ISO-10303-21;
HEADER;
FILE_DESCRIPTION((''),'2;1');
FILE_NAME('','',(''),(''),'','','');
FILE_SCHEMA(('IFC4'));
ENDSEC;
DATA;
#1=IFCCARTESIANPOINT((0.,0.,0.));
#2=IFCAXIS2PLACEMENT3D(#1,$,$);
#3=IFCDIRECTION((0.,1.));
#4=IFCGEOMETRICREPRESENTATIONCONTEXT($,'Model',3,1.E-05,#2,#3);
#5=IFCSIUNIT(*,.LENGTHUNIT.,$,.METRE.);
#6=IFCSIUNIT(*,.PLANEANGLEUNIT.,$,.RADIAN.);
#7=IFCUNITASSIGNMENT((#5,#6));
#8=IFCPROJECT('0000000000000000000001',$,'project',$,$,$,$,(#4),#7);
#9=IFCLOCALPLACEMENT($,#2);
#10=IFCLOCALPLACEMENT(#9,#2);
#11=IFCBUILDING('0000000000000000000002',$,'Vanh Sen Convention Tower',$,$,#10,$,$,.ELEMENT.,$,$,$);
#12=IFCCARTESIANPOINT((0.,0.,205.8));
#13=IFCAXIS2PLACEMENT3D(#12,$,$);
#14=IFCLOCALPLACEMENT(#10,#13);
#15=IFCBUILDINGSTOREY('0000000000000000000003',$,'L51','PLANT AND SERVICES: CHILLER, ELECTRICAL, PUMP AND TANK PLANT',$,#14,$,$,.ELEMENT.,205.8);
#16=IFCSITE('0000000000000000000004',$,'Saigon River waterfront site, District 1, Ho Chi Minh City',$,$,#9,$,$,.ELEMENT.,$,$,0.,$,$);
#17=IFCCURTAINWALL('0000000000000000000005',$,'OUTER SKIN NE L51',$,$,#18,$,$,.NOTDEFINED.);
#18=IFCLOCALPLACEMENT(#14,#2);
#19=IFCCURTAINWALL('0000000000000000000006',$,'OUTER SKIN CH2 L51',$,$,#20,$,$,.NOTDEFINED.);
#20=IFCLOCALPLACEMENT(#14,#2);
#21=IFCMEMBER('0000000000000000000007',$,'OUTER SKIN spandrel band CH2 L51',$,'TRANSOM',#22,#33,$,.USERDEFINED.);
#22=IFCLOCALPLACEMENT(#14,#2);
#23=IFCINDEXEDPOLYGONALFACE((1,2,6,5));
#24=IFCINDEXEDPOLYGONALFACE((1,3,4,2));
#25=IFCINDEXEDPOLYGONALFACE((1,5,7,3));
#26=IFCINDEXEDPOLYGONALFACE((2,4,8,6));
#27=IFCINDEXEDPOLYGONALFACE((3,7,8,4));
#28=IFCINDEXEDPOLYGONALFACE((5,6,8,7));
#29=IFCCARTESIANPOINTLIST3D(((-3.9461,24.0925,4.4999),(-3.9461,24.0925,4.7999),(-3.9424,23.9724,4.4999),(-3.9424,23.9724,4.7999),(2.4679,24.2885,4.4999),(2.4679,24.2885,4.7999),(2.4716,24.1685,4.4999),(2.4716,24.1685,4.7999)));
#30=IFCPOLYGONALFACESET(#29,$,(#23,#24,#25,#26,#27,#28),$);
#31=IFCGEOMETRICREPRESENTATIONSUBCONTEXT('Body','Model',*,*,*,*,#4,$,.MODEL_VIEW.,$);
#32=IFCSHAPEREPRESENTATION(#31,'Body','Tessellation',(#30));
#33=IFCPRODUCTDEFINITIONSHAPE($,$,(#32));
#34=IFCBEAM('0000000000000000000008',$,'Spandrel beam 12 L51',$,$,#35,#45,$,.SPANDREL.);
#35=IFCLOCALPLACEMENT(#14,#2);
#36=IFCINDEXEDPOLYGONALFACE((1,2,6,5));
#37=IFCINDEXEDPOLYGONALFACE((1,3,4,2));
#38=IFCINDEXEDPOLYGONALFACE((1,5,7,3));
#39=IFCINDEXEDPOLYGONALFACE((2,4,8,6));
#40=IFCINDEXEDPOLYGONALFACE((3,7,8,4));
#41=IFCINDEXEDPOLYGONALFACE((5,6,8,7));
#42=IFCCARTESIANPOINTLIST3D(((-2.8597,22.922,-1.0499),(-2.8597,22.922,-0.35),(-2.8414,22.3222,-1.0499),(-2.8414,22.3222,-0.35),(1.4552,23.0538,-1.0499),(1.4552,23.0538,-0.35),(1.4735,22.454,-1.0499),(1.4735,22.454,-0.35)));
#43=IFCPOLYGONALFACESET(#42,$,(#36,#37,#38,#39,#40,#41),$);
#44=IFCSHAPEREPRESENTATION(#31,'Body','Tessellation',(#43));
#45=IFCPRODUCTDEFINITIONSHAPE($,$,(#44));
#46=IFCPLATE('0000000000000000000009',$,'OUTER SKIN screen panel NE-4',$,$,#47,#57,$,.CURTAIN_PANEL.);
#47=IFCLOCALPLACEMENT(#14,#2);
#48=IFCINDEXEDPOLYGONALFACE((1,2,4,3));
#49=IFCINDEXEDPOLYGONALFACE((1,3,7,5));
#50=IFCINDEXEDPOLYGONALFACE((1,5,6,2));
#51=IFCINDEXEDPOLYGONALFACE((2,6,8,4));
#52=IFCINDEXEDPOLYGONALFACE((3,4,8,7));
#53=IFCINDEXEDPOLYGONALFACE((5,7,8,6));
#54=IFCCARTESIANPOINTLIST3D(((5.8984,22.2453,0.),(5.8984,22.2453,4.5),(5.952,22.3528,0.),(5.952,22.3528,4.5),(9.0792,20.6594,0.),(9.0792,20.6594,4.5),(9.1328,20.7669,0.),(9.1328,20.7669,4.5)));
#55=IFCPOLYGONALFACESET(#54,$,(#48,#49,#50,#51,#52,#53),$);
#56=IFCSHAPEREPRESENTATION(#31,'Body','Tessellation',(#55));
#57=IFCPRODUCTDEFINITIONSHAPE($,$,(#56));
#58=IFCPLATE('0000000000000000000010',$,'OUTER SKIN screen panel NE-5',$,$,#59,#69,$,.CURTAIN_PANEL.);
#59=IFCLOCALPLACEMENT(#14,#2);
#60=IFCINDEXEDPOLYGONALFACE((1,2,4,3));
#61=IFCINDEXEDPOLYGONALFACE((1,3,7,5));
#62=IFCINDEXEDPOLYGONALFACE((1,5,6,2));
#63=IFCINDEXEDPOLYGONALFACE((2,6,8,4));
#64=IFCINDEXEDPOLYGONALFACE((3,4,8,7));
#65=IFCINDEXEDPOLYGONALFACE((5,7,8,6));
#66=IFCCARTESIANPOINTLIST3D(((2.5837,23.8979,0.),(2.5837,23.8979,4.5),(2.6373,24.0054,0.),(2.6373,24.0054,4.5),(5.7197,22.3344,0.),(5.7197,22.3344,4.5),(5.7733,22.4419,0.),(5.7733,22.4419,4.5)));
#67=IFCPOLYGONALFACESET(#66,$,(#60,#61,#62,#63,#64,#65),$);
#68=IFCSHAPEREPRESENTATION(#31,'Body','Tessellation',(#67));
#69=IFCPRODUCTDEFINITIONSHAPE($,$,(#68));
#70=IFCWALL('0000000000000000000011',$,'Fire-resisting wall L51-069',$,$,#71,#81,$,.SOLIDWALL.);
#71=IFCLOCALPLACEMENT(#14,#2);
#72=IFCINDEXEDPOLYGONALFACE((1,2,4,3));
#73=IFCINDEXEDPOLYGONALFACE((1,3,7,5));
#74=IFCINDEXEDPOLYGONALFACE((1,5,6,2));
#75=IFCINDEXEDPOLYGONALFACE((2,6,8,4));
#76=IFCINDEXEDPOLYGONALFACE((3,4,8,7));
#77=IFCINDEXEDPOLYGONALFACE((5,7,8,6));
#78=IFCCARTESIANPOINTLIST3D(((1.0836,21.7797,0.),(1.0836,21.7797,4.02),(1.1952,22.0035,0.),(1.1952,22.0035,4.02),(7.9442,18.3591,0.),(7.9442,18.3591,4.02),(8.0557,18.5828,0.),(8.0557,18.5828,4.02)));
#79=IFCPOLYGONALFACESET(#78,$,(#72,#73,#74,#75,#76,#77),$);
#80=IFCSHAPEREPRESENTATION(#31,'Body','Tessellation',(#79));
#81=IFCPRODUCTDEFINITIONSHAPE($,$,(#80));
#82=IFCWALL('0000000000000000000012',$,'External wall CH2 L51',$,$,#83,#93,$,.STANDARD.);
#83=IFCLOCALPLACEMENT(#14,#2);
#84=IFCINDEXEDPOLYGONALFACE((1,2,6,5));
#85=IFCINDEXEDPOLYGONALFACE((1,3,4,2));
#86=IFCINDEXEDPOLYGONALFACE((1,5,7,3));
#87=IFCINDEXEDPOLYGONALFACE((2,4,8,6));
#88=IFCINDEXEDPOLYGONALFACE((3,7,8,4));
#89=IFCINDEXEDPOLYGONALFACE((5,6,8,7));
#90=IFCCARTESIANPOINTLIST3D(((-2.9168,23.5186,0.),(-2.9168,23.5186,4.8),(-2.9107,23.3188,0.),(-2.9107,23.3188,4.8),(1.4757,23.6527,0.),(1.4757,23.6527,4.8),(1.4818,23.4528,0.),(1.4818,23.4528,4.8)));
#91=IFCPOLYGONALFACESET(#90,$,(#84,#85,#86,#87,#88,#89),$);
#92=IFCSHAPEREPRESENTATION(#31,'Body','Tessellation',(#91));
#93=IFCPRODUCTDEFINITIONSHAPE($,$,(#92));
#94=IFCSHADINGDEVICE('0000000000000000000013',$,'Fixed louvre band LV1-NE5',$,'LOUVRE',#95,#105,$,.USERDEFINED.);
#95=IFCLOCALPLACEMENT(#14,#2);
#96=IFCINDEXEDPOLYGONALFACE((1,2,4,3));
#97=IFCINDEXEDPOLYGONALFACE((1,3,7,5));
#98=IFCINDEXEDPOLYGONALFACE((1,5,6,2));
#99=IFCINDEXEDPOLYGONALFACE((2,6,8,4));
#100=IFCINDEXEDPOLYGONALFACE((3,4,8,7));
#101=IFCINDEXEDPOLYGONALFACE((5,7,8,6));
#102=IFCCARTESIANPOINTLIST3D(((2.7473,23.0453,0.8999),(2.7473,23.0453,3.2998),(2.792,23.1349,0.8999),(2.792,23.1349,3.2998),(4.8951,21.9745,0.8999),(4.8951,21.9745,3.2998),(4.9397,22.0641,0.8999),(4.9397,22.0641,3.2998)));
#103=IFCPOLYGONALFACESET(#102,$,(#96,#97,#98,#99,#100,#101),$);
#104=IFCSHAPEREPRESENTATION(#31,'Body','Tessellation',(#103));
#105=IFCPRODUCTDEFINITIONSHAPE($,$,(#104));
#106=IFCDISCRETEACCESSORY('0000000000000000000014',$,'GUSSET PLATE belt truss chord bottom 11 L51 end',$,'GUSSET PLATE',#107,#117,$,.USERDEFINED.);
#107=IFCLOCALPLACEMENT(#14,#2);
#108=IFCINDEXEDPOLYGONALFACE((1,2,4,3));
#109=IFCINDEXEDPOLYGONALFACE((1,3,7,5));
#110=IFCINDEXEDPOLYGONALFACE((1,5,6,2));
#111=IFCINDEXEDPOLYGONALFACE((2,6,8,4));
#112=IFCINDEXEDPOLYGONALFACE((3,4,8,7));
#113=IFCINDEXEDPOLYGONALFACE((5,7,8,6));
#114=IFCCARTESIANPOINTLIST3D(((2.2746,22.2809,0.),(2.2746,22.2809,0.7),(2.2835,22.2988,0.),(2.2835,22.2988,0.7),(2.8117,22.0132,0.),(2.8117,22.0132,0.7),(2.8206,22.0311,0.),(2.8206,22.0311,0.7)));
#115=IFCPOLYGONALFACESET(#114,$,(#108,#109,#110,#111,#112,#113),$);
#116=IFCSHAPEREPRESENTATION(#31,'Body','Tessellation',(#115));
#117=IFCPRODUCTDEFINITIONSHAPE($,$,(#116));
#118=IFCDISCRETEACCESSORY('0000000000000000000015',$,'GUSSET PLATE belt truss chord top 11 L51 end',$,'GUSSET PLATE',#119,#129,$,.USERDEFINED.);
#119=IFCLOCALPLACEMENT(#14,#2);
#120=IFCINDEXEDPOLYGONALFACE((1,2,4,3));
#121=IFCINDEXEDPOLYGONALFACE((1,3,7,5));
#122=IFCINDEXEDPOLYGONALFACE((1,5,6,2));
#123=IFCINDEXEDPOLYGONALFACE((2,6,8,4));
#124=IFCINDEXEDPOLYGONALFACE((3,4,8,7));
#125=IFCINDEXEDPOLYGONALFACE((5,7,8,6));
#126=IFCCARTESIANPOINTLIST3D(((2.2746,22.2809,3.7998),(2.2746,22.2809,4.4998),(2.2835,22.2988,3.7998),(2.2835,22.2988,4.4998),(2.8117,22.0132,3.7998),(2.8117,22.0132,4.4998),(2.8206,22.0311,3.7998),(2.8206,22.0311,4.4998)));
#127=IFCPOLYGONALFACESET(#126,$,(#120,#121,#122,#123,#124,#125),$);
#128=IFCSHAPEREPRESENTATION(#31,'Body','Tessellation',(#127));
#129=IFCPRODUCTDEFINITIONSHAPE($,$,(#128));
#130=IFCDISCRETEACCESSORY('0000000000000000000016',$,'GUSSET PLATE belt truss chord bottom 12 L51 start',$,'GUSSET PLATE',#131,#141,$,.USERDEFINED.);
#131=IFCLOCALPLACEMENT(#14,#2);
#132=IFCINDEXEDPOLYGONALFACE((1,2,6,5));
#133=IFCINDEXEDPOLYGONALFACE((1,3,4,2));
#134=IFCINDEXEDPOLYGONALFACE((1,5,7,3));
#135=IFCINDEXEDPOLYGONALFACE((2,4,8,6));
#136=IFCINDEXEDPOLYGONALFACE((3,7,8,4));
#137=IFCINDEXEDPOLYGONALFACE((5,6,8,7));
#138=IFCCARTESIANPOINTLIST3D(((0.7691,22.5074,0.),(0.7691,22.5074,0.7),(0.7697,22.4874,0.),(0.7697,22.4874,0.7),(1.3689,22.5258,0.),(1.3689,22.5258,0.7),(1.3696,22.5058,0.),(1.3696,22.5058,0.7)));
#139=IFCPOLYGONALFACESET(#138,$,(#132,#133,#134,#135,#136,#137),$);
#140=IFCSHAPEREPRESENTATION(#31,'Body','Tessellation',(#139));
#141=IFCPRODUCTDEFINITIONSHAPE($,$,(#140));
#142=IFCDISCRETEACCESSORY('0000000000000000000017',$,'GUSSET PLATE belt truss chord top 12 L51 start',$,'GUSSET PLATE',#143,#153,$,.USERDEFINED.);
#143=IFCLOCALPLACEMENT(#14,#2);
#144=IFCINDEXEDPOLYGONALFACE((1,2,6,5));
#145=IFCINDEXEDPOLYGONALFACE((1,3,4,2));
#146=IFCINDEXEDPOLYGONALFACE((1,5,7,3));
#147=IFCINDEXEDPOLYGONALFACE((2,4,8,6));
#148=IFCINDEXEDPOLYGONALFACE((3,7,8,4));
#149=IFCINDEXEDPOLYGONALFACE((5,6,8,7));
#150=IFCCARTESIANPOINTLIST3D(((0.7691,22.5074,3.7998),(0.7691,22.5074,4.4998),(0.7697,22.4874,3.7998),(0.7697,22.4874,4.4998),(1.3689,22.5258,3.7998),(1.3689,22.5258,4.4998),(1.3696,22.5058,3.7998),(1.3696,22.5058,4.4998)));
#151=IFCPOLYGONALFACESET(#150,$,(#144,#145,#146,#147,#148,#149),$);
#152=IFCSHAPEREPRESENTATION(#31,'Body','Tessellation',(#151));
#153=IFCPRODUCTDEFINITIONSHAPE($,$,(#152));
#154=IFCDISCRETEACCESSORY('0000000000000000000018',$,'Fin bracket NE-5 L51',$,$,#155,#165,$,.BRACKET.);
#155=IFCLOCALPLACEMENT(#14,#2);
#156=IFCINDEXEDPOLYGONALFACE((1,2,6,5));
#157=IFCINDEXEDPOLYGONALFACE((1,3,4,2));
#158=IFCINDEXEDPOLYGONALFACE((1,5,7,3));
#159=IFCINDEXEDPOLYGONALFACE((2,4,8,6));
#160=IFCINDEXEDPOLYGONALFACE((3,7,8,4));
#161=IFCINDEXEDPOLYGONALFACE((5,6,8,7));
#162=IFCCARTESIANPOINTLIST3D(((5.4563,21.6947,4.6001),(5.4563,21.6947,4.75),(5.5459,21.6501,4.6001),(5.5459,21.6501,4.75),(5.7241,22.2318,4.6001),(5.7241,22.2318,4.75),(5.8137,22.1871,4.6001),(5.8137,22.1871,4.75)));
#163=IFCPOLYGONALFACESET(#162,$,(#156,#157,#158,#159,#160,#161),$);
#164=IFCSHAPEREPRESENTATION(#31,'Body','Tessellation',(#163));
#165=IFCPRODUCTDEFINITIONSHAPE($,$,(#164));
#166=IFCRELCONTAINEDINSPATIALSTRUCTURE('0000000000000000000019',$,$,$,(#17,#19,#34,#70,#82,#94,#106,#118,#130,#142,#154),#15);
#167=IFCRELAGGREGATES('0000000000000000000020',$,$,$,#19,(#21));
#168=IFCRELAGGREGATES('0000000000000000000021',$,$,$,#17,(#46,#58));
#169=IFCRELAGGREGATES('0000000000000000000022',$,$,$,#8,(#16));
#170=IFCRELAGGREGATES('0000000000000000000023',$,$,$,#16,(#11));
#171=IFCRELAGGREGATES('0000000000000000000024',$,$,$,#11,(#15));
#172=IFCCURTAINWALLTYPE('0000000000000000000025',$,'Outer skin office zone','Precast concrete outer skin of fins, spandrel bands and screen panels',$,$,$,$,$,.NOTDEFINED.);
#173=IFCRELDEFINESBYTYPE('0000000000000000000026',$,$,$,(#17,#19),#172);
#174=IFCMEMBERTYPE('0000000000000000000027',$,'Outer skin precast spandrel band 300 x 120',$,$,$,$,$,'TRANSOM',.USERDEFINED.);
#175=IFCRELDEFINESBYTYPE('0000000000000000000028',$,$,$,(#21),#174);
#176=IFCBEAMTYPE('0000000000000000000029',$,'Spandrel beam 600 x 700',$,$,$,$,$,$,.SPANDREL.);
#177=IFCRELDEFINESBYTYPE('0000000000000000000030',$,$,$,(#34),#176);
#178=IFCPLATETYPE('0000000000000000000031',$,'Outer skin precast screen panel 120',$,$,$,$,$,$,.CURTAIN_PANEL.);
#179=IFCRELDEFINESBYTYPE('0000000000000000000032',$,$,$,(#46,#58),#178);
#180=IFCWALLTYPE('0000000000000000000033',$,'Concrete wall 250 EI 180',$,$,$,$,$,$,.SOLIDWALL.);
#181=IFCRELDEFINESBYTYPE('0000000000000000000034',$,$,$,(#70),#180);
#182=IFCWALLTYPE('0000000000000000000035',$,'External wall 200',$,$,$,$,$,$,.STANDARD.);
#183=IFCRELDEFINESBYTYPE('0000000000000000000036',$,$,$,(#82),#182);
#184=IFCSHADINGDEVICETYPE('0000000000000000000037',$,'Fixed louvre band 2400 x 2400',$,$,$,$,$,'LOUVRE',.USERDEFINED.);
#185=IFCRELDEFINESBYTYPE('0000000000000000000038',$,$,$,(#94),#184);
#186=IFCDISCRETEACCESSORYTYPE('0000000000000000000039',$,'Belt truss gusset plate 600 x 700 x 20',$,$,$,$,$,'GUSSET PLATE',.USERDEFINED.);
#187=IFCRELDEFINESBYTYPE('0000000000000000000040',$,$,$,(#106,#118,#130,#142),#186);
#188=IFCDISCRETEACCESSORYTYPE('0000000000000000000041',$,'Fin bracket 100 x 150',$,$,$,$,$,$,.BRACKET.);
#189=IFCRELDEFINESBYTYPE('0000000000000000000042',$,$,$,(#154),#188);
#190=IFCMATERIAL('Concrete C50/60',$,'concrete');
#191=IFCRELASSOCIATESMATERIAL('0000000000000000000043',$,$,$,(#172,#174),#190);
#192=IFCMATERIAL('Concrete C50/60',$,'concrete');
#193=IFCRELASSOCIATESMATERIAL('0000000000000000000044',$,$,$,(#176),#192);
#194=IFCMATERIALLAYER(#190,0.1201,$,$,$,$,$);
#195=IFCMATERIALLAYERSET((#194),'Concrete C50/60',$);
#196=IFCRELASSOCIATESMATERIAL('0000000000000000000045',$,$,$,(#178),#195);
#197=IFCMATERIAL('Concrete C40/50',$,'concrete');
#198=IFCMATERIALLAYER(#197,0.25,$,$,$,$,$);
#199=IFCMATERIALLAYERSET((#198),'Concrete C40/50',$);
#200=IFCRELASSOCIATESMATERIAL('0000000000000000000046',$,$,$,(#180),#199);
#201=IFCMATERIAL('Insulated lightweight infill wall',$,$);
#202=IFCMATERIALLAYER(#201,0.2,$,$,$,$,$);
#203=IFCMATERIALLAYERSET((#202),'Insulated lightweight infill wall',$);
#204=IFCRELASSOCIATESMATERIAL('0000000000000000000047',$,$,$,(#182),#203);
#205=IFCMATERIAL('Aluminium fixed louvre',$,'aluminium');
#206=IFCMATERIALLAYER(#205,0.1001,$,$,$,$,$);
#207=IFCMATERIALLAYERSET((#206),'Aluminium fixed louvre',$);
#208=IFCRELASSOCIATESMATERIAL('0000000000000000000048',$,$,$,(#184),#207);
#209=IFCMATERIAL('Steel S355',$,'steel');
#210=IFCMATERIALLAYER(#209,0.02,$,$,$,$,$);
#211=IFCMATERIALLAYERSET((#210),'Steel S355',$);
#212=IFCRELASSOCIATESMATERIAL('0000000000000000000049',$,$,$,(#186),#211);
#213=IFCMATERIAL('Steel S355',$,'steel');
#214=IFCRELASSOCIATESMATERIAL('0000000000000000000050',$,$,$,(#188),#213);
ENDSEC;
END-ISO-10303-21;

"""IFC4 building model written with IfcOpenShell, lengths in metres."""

from ifc_helpers import new_model, si_unit, direction, frame, frame_2d, origin, origin_2d, place, context, subcontext, project, spatial, rectangle, extrude, material, layer, layer_set, material_profile, profile_set, type_object, element, aggregate, save


model = new_model("IFC4")

# Units and contexts
model_context = context("Model", 3, precision=1e-05, world=origin(), true_north=direction((0.0, 1.0)))
body_context = subcontext(model_context, "Body", "Model", "MODEL_VIEW")
ifc_project = project(units=[si_unit("LENGTHUNIT", "METRE"), si_unit("PLANEANGLEUNIT", "RADIAN")], contexts=[model_context])

# Site, building, storey
site_placement = place(None, origin())
site = spatial("IfcSite", under=ifc_project, at=site_placement, Name="Saigon River waterfront site, District 1, Ho Chi Minh City", CompositionType="ELEMENT", RefElevation=0.0)
building_placement = place(site_placement, origin())
building = spatial("IfcBuilding", under=site, at=building_placement, Name="Vanh Sen Convention Tower", CompositionType="ELEMENT")
storey_placement = place(building_placement, frame((0.0, 0.0, 205.8)))
storey = spatial("IfcBuildingStorey", under=building, at=storey_placement, Name="L51", Description="PLANT AND SERVICES: CHILLER, ELECTRICAL, PUMP AND TANK PLANT", CompositionType="ELEMENT", Elevation=205.8)

# Shared definitions
ifc_material_1 = material(Name="Steel S355", Category="steel")

# Curtain wall
ifc_material_2 = material(Name="Concrete C50/60", Category="concrete")
curtain_wall_type = type_object("IfcCurtainWallType", Name="Outer skin office zone", Description="Precast concrete outer skin of fins, spandrel bands and screen panels", PredefinedType="NOTDEFINED", material=ifc_material_2)
curtain_wall_1_placement = place(storey_placement, origin())
curtain_wall_1 = element("IfcCurtainWall", 1, at=curtain_wall_1_placement, inside=storey, type_object=curtain_wall_type, Name="OUTER SKIN NE L51", PredefinedType="NOTDEFINED")

# Curtain wall, member
curtain_wall_2_placement = place(storey_placement, origin())
curtain_wall_2 = element("IfcCurtainWall", 2, at=curtain_wall_2_placement, inside=storey, type_object=curtain_wall_type, Name="OUTER SKIN CH2 L51", PredefinedType="NOTDEFINED")
ifc_material_profile_1 = material_profile(ifc_material_2, rectangle(XDim=0.1201, YDim=0.3, at=origin_2d()), Name="Outer skin precast spandrel band 300 x 120")
ifc_profile_set_1 = profile_set([ifc_material_profile_1], Name="Concrete C50/60")
member_type_1 = type_object("IfcMemberType", Name="Outer skin precast spandrel band 300 x 120", ElementType="TRANSOM", PredefinedType="USERDEFINED", material=ifc_profile_set_1)
member_1_placement = place(storey_placement, frame((2.4697, 24.2285, 4.6499), z_axis=(-0.999533, -0.030551, 0.0), x_axis=(0.030551, -0.999533, 0.0)))
member_1 = element("IfcMember", 3, at=member_1_placement, type_object=member_type_1, Name="OUTER SKIN spandrel band CH2 L51", ObjectType="TRANSOM", PredefinedType="USERDEFINED", context=body_context, shape_type="SweptSolid", body=[
    extrude(rectangle(XDim=0.1201, YDim=0.3, at=origin_2d()), origin(), (0.0, 0.0, 1.0), 6.417),
])
aggregate(curtain_wall_2, [member_1])

# Beam
ifc_material_3 = material(Name="Concrete C50/60", Category="concrete")
ifc_material_profile_2 = material_profile(ifc_material_3, rectangle(XDim=0.6001, YDim=0.7, at=origin_2d()), Name="RC 600X700")
ifc_profile_set_2 = profile_set([ifc_material_profile_2], Name="Concrete C50/60")
beam_type = type_object("IfcBeamType", Name="Spandrel beam 600 x 700", PredefinedType="SPANDREL", material=ifc_profile_set_2)
beam_placement = place(storey_placement, frame((1.4644, 22.7539, -0.7), z_axis=(-0.999534, -0.030539, 0.0), x_axis=(0.030539, -0.999534, 0.0)))
element("IfcBeam", 4, at=beam_placement, inside=storey, type_object=beam_type, Name="Spandrel beam 12 L51", PredefinedType="SPANDREL", context=body_context, shape_type="SweptSolid", body=[
    extrude(rectangle(XDim=0.6001, YDim=0.7, at=origin_2d()), origin(), (0.0, 0.0, 1.0), 4.3169),
])

# Plates
ifc_layer_1 = layer(ifc_material_2, 0.1201)
ifc_layer_set_1 = layer_set([ifc_layer_1], Name="Concrete C50/60")
plate_type = type_object("IfcPlateType", Name="Outer skin precast screen panel 120", PredefinedType="CURTAIN_PANEL", material=ifc_layer_set_1)
plate_1_placement = place(storey_placement, frame((7.5156, 21.5061, 0.0), z_axis=(0.0, 0.0, 1.0), x_axis=(-0.894933, 0.446201, 0.0)))
plate_1 = element("IfcPlate", 5, at=plate_1_placement, type_object=plate_type, Name="OUTER SKIN screen panel NE-4", PredefinedType="CURTAIN_PANEL", context=body_context, shape_type="SweptSolid", body=[
    extrude(rectangle(XDim=3.5542, YDim=0.1201, at=origin_2d()), origin(), (0.0, 0.0, 1.0), 4.5),
])
plate_2_placement = place(storey_placement, frame((4.1785, 23.1699, 0.0), z_axis=(0.0, 0.0, 1.0), x_axis=(-0.894944, 0.446179, 0.0)))
plate_2 = element("IfcPlate", 6, at=plate_2_placement, type_object=plate_type, Name="OUTER SKIN screen panel NE-5", PredefinedType="CURTAIN_PANEL", context=body_context, shape_type="SweptSolid", body=[
    extrude(rectangle(XDim=3.5042, YDim=0.1201, at=origin_2d()), origin(), (0.0, 0.0, 1.0), 4.5),
])
aggregate(curtain_wall_1, [plate_1, plate_2])

# Walls
ifc_material_4 = material(Name="Concrete C40/50", Category="concrete")
ifc_layer_2 = layer(ifc_material_4, 0.25)
ifc_layer_set_2 = layer_set([ifc_layer_2], Name="Concrete C40/50")
wall_type_1 = type_object("IfcWallType", Name="Concrete wall 250 EI 180", PredefinedType="SOLIDWALL", material=ifc_layer_set_2)
wall_1_placement = place(storey_placement, frame((1.1394, 21.8916, 0.0), z_axis=(0.0, 0.0, 1.0), x_axis=(0.89493, -0.446207, 0.0)))
element("IfcWall", 7, at=wall_1_placement, inside=storey, type_object=wall_type_1, Name="Fire-resisting wall L51-069", PredefinedType="SOLIDWALL", context=body_context, shape_type="SweptSolid", body=[
    extrude(rectangle(XDim=7.666, YDim=0.25, at=frame_2d((3.833, 0.0))), origin(), (0.0, 0.0, 1.0), 4.02),
])
ifc_material_5 = material(Name="Insulated lightweight infill wall")
ifc_layer_3 = layer(ifc_material_5, 0.2)
ifc_layer_set_3 = layer_set([ifc_layer_3], Name="Insulated lightweight infill wall")
wall_type_2 = type_object("IfcWallType", Name="External wall 200", PredefinedType="STANDARD", material=ifc_layer_set_3)
wall_2_placement = place(storey_placement, frame((1.4788, 23.5527, 0.0), z_axis=(0.0, 0.0, 1.0), x_axis=(-0.999535, -0.030499, 0.0)))
element("IfcWall", 8, at=wall_2_placement, inside=storey, type_object=wall_type_2, Name="External wall CH2 L51", PredefinedType="STANDARD", context=body_context, shape_type="SweptSolid", body=[
    extrude(rectangle(XDim=4.3945, YDim=0.2, at=frame_2d((2.1973, 0.0))), origin(), (0.0, 0.0, 1.0), 4.8),
])

# Shading device
ifc_material_6 = material(Name="Aluminium fixed louvre", Category="aluminium")
ifc_layer_4 = layer(ifc_material_6, 0.1001)
ifc_layer_set_4 = layer_set([ifc_layer_4], Name="Aluminium fixed louvre")
shading_device_type = type_object("IfcShadingDeviceType", Name="Fixed louvre band 2400 x 2400", ElementType="LOUVRE", PredefinedType="USERDEFINED", material=ifc_layer_set_4)
shading_device_placement = place(storey_placement, frame((3.8435, 22.5547, 0.8999), z_axis=(0.0, 0.0, 1.0), x_axis=(-0.894936, 0.446195, 0.0)))
element("IfcShadingDevice", 9, at=shading_device_placement, inside=storey, type_object=shading_device_type, Name="Fixed louvre band LV1-NE5", ObjectType="LOUVRE", PredefinedType="USERDEFINED", context=body_context, shape_type="SweptSolid", body=[
    extrude(rectangle(XDim=2.3999, YDim=0.1001, at=origin_2d()), origin(), (0.0, 0.0, 1.0), 2.3999),
])

# Discrete accessories
ifc_layer_5 = layer(ifc_material_1, 0.02)
ifc_layer_set_5 = layer_set([ifc_layer_5], Name="Steel S355")
discrete_accessory_type_1 = type_object("IfcDiscreteAccessoryType", Name="Belt truss gusset plate 600 x 700 x 20", ElementType="GUSSET PLATE", PredefinedType="USERDEFINED", material=ifc_layer_set_5)
for number, where, z_axis, x_axis, name in (
    (10, (2.5476, 22.156, 0.0), (0.0, 0.0, 1.0), (0.894944, -0.446179, 0.0), "GUSSET PLATE belt truss chord bottom 11 L51 end"),
    (11, (2.5476, 22.156, 3.7998), (0.0, 0.0, 1.0), (0.894944, -0.446179, 0.0), "GUSSET PLATE belt truss chord top 11 L51 end"),
    (12, (1.0693, 22.5066, 0.0), (0.0, 0.0, 1.0), (-0.999534, -0.03054, 0.0), "GUSSET PLATE belt truss chord bottom 12 L51 start"),
    (13, (1.0693, 22.5066, 3.7998), (0.0, 0.0, 1.0), (-0.999534, -0.03054, 0.0), "GUSSET PLATE belt truss chord top 12 L51 start"),
):
    element("IfcDiscreteAccessory", number, at=place(storey_placement, frame(where, z_axis=z_axis, x_axis=x_axis)), inside=storey, type_object=discrete_accessory_type_1, Name=name, ObjectType="GUSSET PLATE", PredefinedType="USERDEFINED", context=body_context, shape_type="SweptSolid", body=[
        extrude(rectangle(XDim=0.6001, YDim=0.02, at=origin_2d()), origin(), (0.0, 0.0, 1.0), 0.7),
    ])
ifc_material_7 = material(Name="Steel S355", Category="steel")
discrete_accessory_type_2 = type_object("IfcDiscreteAccessoryType", Name="Fin bracket 100 x 150", PredefinedType="BRACKET", material=ifc_material_7)
discrete_accessory_placement = place(storey_placement, frame((5.635, 21.9409, 4.6001), z_axis=(0.0, 0.0, 1.0), x_axis=(0.446198, 0.894934, 0.0)))
element("IfcDiscreteAccessory", 14, at=discrete_accessory_placement, inside=storey, type_object=discrete_accessory_type_2, Name="Fin bracket NE-5 L51", PredefinedType="BRACKET", context=body_context, shape_type="SweptSolid", body=[
    extrude(rectangle(XDim=0.6001, YDim=0.1001, at=origin_2d()), origin(), (0.0, 0.0, 1.0), 0.1499),
])

save(model, "model.ifc")
